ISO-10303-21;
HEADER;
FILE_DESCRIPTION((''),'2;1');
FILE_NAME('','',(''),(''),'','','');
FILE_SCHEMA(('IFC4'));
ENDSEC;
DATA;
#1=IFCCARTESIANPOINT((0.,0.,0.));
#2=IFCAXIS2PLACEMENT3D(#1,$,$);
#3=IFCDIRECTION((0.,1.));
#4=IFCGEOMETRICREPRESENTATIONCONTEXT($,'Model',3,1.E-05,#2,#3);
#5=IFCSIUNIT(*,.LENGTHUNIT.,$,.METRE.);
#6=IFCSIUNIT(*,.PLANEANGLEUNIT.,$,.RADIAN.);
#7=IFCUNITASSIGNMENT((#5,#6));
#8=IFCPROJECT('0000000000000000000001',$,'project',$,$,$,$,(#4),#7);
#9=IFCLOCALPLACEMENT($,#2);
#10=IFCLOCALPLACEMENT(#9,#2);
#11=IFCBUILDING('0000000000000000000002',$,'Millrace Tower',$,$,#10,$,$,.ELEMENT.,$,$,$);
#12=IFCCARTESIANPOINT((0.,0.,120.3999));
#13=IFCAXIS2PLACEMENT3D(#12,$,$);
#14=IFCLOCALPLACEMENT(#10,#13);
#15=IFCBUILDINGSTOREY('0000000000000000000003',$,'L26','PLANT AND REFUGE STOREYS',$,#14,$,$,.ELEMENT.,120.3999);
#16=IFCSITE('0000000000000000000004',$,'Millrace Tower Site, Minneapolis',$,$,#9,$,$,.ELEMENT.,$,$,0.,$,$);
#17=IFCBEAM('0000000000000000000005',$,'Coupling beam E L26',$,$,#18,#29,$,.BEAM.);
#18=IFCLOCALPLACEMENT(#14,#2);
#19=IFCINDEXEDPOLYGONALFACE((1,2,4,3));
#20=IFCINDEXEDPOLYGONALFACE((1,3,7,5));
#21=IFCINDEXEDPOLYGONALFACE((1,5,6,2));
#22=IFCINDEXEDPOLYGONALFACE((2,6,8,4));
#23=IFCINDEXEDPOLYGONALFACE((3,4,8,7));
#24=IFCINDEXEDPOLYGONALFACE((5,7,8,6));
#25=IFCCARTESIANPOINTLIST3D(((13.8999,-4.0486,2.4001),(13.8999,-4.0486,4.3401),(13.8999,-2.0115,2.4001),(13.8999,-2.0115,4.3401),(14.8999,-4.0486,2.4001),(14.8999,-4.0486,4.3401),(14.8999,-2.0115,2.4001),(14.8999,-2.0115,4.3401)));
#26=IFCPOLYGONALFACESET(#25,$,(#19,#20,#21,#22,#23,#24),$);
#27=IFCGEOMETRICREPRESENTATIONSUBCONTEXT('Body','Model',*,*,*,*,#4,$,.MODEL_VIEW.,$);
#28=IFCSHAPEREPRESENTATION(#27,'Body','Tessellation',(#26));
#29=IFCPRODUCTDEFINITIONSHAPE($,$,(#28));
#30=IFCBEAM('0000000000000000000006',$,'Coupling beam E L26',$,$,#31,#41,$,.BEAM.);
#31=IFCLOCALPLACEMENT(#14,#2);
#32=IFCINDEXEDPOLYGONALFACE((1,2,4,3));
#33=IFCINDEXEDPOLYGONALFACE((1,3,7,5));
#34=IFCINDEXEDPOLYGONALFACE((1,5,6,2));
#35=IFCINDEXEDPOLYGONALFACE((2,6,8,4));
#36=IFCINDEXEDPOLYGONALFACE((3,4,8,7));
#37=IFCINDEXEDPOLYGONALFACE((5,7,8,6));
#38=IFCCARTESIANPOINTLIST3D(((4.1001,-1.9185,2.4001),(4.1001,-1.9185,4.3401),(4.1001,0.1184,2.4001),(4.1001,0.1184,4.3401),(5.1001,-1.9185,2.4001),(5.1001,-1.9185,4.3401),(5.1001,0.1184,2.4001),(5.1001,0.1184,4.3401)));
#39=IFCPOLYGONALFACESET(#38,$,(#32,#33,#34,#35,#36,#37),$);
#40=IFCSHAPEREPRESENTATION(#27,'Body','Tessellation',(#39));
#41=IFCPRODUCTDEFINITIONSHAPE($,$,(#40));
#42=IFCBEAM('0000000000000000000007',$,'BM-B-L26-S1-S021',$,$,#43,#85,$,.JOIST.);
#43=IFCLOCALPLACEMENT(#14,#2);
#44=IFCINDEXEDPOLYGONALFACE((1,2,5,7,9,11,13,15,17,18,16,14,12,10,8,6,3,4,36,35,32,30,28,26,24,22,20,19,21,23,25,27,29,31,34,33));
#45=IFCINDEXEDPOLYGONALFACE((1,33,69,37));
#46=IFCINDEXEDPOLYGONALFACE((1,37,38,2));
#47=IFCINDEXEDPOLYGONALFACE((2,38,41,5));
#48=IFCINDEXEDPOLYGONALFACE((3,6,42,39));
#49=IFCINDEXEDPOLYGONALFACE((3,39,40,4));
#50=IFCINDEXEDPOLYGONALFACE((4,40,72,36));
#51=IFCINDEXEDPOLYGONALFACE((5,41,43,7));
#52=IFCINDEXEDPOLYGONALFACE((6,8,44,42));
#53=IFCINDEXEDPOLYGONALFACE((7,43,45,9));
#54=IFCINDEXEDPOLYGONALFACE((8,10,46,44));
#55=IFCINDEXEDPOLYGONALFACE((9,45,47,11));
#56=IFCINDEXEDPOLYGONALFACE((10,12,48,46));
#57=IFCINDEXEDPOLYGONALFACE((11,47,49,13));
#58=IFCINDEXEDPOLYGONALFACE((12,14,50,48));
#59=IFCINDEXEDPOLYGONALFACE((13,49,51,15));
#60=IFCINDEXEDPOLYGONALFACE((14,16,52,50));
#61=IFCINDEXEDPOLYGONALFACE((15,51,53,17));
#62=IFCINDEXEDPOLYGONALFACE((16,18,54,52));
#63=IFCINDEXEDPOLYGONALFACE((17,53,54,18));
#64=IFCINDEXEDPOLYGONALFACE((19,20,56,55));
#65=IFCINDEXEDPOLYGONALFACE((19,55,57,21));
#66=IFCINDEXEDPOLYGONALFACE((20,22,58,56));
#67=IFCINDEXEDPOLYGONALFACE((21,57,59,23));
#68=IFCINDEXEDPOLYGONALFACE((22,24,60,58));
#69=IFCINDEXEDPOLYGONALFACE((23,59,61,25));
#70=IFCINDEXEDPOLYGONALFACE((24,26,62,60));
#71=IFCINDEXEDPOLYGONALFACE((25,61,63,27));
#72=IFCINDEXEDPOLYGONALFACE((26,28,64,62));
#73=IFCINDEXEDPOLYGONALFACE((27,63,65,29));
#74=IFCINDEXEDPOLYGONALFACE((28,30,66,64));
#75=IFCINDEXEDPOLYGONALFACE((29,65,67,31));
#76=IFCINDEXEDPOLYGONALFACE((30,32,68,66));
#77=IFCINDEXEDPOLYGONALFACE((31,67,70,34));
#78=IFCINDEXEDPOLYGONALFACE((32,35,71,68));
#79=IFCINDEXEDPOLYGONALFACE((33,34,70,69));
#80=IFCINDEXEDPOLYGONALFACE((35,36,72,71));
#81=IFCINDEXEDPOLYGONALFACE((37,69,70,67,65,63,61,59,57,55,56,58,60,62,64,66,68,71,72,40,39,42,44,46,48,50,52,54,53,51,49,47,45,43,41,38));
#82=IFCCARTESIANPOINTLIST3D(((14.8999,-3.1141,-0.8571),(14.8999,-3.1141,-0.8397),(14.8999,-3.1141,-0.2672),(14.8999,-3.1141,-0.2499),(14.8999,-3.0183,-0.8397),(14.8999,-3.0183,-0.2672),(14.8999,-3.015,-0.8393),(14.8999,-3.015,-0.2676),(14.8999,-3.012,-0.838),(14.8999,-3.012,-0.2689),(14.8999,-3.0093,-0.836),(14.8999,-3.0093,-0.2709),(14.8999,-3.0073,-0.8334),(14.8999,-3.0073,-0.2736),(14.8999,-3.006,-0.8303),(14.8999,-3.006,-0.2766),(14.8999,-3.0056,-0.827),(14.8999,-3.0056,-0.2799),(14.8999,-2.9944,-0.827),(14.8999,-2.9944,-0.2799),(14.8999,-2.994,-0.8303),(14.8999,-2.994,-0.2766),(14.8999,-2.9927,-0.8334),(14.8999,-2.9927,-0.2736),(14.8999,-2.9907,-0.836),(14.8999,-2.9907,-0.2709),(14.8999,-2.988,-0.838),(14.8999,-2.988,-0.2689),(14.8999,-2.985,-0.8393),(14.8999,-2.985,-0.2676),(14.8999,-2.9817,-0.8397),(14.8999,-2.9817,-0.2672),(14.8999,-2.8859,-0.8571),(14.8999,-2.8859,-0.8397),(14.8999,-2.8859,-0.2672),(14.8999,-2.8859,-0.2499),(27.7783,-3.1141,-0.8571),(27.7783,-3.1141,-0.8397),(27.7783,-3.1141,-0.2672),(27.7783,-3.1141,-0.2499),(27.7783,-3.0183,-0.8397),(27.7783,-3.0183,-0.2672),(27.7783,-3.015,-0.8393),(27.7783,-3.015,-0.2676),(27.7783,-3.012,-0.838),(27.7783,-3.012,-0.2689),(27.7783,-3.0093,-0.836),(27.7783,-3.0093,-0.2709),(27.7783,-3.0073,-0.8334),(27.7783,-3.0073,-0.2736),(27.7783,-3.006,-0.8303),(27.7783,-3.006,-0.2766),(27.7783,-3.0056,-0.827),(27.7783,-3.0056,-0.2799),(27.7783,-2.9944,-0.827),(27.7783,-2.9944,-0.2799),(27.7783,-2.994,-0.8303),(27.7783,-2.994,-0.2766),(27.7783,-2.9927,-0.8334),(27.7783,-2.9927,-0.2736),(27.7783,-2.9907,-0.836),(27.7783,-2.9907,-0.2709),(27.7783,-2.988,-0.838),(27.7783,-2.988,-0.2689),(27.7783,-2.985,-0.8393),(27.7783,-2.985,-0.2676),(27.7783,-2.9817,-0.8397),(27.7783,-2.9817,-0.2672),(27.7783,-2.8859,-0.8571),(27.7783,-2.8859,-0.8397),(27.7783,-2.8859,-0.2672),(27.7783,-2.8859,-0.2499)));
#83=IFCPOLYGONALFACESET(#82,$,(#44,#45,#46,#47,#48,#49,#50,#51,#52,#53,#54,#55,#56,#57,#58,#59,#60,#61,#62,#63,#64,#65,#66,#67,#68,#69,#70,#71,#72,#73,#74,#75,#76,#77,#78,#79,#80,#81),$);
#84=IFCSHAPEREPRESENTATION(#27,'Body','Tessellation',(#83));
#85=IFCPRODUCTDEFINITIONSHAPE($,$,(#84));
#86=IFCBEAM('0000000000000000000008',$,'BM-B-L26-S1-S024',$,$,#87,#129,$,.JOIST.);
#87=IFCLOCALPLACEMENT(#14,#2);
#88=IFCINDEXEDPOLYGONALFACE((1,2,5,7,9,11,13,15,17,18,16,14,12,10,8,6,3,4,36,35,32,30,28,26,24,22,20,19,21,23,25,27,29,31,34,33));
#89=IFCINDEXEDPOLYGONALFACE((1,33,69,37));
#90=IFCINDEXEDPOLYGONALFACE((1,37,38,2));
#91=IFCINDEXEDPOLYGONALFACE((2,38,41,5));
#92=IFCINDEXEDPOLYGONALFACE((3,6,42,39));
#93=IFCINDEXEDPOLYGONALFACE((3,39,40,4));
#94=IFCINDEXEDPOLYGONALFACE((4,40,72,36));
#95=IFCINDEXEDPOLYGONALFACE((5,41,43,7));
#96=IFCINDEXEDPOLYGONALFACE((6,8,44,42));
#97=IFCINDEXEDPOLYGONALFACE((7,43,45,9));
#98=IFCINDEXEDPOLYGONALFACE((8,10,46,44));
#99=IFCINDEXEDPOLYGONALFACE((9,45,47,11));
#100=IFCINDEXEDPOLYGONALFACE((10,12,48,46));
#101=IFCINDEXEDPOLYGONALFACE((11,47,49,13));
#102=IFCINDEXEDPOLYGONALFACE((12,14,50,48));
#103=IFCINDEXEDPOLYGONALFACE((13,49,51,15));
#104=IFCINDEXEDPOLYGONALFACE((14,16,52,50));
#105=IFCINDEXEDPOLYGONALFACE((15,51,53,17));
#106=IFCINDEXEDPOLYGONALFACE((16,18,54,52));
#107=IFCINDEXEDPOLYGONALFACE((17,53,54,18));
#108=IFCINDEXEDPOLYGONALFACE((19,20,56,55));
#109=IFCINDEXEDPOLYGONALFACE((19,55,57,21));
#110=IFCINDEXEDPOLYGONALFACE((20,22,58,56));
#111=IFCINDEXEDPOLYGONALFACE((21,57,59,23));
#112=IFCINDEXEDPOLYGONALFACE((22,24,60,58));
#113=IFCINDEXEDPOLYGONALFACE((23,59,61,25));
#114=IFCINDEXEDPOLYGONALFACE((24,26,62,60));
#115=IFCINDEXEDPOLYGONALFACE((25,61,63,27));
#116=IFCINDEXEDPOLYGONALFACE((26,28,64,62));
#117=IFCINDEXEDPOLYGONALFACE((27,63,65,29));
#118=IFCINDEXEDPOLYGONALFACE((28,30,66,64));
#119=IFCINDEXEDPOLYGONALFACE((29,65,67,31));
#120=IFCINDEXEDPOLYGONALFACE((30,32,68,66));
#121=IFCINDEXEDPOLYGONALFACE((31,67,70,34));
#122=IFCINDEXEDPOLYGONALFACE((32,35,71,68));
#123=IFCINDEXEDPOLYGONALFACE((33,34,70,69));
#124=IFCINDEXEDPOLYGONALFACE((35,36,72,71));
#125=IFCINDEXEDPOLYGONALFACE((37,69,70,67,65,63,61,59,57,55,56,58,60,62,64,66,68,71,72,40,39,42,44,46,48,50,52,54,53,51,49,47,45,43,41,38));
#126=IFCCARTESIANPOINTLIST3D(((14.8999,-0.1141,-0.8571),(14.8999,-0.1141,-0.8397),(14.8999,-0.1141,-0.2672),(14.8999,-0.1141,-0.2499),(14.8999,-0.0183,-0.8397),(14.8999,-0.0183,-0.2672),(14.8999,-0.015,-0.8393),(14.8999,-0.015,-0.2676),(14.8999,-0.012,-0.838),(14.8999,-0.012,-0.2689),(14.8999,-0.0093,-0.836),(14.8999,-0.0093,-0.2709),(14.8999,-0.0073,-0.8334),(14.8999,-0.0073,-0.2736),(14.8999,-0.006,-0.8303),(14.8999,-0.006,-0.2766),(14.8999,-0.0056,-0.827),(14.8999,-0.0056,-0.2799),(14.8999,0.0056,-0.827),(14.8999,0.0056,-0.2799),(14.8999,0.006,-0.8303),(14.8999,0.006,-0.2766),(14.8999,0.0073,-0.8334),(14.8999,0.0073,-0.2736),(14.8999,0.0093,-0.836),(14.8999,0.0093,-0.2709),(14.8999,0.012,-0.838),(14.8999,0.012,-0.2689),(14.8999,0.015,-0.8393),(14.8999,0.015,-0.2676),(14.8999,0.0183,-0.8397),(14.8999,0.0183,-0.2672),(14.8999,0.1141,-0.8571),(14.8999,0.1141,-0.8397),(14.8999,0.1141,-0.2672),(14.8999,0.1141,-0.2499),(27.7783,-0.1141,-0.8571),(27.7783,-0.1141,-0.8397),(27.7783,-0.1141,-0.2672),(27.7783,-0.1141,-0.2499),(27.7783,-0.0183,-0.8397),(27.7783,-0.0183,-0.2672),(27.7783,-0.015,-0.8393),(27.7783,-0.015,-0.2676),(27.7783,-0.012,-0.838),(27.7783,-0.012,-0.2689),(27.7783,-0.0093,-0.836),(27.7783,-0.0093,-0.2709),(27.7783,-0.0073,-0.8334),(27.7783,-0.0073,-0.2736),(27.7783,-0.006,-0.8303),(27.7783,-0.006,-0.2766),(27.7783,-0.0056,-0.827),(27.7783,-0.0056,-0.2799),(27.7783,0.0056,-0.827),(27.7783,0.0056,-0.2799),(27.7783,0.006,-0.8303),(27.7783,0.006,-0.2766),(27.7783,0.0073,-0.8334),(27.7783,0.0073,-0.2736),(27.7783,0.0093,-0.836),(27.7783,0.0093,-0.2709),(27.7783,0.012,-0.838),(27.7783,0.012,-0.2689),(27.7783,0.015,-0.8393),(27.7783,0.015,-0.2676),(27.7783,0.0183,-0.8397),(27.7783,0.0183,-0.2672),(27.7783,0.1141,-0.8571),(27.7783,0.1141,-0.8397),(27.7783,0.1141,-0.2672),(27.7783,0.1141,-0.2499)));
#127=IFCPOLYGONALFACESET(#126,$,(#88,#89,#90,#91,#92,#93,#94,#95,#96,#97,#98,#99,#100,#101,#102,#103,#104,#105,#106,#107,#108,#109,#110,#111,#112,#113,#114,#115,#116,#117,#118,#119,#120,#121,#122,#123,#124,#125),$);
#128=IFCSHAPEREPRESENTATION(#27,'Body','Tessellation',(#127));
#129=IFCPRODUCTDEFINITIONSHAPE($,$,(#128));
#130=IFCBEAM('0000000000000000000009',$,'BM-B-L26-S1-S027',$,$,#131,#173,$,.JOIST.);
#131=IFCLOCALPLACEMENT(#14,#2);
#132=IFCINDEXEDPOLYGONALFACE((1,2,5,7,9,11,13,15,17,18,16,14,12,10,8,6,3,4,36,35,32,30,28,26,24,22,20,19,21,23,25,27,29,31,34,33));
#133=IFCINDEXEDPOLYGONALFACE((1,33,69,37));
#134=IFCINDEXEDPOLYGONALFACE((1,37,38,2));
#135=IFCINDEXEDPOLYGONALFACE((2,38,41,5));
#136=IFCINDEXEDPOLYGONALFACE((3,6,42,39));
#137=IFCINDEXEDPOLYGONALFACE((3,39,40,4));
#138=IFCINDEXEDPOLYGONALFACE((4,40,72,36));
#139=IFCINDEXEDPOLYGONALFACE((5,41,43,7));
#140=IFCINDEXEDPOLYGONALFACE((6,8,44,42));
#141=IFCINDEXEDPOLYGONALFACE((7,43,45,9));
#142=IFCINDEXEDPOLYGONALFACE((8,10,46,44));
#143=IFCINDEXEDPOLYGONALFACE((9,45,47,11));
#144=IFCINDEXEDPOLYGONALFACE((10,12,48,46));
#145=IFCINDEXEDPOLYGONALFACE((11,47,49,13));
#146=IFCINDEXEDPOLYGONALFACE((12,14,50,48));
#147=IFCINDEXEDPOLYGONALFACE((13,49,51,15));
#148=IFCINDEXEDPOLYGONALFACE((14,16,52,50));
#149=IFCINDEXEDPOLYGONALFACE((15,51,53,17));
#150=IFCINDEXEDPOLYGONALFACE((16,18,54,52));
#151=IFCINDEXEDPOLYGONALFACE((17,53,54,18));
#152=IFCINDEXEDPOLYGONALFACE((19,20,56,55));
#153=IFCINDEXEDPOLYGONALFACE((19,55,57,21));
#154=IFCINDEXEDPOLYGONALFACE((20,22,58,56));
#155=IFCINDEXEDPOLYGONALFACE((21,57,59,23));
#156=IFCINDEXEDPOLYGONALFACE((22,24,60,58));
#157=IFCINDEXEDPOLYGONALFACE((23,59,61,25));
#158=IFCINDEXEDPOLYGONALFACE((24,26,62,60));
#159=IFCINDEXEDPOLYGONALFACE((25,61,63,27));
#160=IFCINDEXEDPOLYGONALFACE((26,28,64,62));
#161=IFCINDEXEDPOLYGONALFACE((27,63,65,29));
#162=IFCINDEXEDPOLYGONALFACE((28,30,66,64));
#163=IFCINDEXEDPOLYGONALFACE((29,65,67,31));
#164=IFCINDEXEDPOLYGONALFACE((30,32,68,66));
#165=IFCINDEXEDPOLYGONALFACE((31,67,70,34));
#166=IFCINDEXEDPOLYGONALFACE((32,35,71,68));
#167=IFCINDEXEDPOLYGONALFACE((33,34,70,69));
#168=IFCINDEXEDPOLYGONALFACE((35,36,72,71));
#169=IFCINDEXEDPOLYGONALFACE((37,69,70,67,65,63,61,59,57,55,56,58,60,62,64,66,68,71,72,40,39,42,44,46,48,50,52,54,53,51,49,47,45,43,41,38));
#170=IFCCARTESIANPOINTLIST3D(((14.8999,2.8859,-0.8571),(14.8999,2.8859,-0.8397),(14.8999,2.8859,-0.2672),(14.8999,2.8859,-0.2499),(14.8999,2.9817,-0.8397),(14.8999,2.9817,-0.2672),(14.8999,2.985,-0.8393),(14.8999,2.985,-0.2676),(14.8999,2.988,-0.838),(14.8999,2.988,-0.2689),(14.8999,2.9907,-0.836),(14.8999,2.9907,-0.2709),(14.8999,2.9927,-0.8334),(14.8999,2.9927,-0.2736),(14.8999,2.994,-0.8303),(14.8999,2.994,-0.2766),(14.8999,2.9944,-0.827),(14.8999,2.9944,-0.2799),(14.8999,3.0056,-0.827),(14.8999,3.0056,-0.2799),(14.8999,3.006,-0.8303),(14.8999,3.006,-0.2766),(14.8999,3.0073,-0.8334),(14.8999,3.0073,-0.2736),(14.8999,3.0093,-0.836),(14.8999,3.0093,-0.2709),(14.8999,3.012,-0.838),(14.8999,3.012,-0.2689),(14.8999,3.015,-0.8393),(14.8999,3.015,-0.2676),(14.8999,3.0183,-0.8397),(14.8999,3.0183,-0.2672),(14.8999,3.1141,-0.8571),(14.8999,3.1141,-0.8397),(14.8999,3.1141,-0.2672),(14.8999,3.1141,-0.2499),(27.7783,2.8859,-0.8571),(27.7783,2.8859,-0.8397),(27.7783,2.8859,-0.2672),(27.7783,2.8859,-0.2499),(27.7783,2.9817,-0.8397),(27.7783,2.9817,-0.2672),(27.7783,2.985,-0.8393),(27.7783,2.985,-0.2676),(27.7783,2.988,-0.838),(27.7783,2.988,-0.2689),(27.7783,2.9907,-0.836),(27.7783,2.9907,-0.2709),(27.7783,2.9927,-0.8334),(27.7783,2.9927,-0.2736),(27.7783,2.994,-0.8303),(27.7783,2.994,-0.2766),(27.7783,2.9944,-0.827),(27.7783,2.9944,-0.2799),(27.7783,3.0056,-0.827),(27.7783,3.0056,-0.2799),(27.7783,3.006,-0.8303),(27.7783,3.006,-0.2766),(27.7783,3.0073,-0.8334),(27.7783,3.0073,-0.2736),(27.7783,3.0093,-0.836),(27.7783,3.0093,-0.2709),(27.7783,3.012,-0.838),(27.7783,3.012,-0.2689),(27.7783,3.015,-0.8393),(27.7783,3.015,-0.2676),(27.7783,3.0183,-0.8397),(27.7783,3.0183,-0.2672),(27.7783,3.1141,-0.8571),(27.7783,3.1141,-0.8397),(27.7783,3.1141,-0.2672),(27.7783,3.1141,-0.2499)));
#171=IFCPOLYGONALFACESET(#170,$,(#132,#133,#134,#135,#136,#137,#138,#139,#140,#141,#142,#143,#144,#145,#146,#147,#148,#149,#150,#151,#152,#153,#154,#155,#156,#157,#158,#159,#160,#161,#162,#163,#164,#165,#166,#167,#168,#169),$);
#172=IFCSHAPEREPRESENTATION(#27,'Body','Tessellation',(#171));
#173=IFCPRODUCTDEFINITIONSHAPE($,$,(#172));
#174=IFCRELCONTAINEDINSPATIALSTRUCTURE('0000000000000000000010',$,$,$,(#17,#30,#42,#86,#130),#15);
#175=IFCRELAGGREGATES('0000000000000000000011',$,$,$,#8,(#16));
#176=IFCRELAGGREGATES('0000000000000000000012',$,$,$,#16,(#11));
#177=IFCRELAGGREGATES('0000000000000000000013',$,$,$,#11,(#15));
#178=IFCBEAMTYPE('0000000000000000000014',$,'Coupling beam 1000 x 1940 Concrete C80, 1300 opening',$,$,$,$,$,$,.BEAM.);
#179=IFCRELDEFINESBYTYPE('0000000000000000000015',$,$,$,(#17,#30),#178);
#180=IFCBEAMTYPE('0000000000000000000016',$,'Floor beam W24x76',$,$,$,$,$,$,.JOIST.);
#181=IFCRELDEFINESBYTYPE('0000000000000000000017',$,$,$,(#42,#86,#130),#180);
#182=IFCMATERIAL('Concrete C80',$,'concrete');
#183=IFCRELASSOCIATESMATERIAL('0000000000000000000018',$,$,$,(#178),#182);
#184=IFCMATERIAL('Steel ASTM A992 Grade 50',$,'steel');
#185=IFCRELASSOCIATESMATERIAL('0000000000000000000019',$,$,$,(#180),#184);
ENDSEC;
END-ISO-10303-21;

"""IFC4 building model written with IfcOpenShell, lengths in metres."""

from ifc_helpers import new_model, si_unit, direction, frame, origin, origin_2d, place, context, subcontext, project, spatial, rectangle, i_section, extrude, material, material_profile, profile_set, type_object, element, save


model = new_model("IFC4")

# Units and contexts
model_context = context("Model", 3, precision=1e-05, world=origin(), true_north=direction((0.0, 1.0)))
body_context = subcontext(model_context, "Body", "Model", "MODEL_VIEW")
ifc_project = project(units=[si_unit("LENGTHUNIT", "METRE"), si_unit("PLANEANGLEUNIT", "RADIAN")], contexts=[model_context])

# Site, building, storey
site_placement = place(None, origin())
site = spatial("IfcSite", under=ifc_project, at=site_placement, Name="Millrace Tower Site, Minneapolis", CompositionType="ELEMENT", RefElevation=0.0)
building_placement = place(site_placement, origin())
building = spatial("IfcBuilding", under=site, at=building_placement, Name="Millrace Tower", CompositionType="ELEMENT")
storey_placement = place(building_placement, frame((0.0, 0.0, 120.3999)))
storey = spatial("IfcBuildingStorey", under=building, at=storey_placement, Name="L26", Description="PLANT AND REFUGE STOREYS", CompositionType="ELEMENT", Elevation=120.3999)

# Beams
ifc_material_1 = material(Name="Concrete C80", Category="concrete")
ifc_material_profile_1 = material_profile(ifc_material_1, rectangle(XDim=1.0, YDim=1.9399, at=origin_2d()))
ifc_profile_set_1 = profile_set([ifc_material_profile_1], Name="Concrete C80")
beam_type_1 = type_object("IfcBeamType", Name="Coupling beam 1000 x 1940 Concrete C80, 1300 opening", PredefinedType="BEAM", material=ifc_profile_set_1)
beam_1_placement = place(storey_placement, frame((14.3999, -2.0115, 3.3701), z_axis=(0.0, -1.0, 0.0), x_axis=(1.0, 0.0, 0.0)))
element("IfcBeam", 1, at=beam_1_placement, inside=storey, type_object=beam_type_1, Name="Coupling beam E L26", PredefinedType="BEAM", context=body_context, shape_type="SweptSolid", body=[
    extrude(rectangle(XDim=1.0, YDim=1.9399, at=origin_2d()), origin(), (0.0, 0.0, 1.0), 2.0371),
])
beam_2_placement = place(storey_placement, frame((4.6001, 0.1184, 3.3701), z_axis=(0.0, -1.0, 0.0), x_axis=(1.0, 0.0, 0.0)))
element("IfcBeam", 2, at=beam_2_placement, inside=storey, type_object=beam_type_1, Name="Coupling beam E L26", PredefinedType="BEAM", context=body_context, shape_type="SweptSolid", body=[
    extrude(rectangle(XDim=1.0, YDim=1.9399, at=origin_2d()), origin(), (0.0, 0.0, 1.0), 2.0369),
])
ifc_material_2 = material(Name="Steel ASTM A992 Grade 50", Category="steel")
ifc_material_profile_2 = material_profile(ifc_material_2, i_section(OverallWidth=0.2283, OverallDepth=0.6072, WebThickness=0.0112, FlangeThickness=0.0173, FilletRadius=0.0127, at=origin_2d()))
ifc_profile_set_2 = profile_set([ifc_material_profile_2], Name="Steel ASTM A992 Grade 50")
beam_type_2 = type_object("IfcBeamType", Name="Floor beam W24x76", PredefinedType="JOIST", material=ifc_profile_set_2)
for number, where, z_axis, x_axis, name in (
    (3, (14.8999, -3.0, -0.5535), (1.0, 0.0, 0.0), (0.0, 1.0, 0.0), "BM-B-L26-S1-S021"),
    (4, (14.8999, 0.0, -0.5535), (1.0, 0.0, 0.0), (0.0, 1.0, 0.0), "BM-B-L26-S1-S024"),
    (5, (14.8999, 3.0, -0.5535), (1.0, 0.0, 0.0), (0.0, 1.0, 0.0), "BM-B-L26-S1-S027"),
):
    element("IfcBeam", number, at=place(storey_placement, frame(where, z_axis=z_axis, x_axis=x_axis)), inside=storey, type_object=beam_type_2, Name=name, PredefinedType="JOIST", context=body_context, shape_type="SweptSolid", body=[
        extrude(i_section(OverallWidth=0.2283, OverallDepth=0.6072, WebThickness=0.0112, FlangeThickness=0.0173, FilletRadius=0.0127, at=origin_2d()), origin(), (0.0, 0.0, 1.0), 12.8784),
    ])

save(model, "model.ifc")
